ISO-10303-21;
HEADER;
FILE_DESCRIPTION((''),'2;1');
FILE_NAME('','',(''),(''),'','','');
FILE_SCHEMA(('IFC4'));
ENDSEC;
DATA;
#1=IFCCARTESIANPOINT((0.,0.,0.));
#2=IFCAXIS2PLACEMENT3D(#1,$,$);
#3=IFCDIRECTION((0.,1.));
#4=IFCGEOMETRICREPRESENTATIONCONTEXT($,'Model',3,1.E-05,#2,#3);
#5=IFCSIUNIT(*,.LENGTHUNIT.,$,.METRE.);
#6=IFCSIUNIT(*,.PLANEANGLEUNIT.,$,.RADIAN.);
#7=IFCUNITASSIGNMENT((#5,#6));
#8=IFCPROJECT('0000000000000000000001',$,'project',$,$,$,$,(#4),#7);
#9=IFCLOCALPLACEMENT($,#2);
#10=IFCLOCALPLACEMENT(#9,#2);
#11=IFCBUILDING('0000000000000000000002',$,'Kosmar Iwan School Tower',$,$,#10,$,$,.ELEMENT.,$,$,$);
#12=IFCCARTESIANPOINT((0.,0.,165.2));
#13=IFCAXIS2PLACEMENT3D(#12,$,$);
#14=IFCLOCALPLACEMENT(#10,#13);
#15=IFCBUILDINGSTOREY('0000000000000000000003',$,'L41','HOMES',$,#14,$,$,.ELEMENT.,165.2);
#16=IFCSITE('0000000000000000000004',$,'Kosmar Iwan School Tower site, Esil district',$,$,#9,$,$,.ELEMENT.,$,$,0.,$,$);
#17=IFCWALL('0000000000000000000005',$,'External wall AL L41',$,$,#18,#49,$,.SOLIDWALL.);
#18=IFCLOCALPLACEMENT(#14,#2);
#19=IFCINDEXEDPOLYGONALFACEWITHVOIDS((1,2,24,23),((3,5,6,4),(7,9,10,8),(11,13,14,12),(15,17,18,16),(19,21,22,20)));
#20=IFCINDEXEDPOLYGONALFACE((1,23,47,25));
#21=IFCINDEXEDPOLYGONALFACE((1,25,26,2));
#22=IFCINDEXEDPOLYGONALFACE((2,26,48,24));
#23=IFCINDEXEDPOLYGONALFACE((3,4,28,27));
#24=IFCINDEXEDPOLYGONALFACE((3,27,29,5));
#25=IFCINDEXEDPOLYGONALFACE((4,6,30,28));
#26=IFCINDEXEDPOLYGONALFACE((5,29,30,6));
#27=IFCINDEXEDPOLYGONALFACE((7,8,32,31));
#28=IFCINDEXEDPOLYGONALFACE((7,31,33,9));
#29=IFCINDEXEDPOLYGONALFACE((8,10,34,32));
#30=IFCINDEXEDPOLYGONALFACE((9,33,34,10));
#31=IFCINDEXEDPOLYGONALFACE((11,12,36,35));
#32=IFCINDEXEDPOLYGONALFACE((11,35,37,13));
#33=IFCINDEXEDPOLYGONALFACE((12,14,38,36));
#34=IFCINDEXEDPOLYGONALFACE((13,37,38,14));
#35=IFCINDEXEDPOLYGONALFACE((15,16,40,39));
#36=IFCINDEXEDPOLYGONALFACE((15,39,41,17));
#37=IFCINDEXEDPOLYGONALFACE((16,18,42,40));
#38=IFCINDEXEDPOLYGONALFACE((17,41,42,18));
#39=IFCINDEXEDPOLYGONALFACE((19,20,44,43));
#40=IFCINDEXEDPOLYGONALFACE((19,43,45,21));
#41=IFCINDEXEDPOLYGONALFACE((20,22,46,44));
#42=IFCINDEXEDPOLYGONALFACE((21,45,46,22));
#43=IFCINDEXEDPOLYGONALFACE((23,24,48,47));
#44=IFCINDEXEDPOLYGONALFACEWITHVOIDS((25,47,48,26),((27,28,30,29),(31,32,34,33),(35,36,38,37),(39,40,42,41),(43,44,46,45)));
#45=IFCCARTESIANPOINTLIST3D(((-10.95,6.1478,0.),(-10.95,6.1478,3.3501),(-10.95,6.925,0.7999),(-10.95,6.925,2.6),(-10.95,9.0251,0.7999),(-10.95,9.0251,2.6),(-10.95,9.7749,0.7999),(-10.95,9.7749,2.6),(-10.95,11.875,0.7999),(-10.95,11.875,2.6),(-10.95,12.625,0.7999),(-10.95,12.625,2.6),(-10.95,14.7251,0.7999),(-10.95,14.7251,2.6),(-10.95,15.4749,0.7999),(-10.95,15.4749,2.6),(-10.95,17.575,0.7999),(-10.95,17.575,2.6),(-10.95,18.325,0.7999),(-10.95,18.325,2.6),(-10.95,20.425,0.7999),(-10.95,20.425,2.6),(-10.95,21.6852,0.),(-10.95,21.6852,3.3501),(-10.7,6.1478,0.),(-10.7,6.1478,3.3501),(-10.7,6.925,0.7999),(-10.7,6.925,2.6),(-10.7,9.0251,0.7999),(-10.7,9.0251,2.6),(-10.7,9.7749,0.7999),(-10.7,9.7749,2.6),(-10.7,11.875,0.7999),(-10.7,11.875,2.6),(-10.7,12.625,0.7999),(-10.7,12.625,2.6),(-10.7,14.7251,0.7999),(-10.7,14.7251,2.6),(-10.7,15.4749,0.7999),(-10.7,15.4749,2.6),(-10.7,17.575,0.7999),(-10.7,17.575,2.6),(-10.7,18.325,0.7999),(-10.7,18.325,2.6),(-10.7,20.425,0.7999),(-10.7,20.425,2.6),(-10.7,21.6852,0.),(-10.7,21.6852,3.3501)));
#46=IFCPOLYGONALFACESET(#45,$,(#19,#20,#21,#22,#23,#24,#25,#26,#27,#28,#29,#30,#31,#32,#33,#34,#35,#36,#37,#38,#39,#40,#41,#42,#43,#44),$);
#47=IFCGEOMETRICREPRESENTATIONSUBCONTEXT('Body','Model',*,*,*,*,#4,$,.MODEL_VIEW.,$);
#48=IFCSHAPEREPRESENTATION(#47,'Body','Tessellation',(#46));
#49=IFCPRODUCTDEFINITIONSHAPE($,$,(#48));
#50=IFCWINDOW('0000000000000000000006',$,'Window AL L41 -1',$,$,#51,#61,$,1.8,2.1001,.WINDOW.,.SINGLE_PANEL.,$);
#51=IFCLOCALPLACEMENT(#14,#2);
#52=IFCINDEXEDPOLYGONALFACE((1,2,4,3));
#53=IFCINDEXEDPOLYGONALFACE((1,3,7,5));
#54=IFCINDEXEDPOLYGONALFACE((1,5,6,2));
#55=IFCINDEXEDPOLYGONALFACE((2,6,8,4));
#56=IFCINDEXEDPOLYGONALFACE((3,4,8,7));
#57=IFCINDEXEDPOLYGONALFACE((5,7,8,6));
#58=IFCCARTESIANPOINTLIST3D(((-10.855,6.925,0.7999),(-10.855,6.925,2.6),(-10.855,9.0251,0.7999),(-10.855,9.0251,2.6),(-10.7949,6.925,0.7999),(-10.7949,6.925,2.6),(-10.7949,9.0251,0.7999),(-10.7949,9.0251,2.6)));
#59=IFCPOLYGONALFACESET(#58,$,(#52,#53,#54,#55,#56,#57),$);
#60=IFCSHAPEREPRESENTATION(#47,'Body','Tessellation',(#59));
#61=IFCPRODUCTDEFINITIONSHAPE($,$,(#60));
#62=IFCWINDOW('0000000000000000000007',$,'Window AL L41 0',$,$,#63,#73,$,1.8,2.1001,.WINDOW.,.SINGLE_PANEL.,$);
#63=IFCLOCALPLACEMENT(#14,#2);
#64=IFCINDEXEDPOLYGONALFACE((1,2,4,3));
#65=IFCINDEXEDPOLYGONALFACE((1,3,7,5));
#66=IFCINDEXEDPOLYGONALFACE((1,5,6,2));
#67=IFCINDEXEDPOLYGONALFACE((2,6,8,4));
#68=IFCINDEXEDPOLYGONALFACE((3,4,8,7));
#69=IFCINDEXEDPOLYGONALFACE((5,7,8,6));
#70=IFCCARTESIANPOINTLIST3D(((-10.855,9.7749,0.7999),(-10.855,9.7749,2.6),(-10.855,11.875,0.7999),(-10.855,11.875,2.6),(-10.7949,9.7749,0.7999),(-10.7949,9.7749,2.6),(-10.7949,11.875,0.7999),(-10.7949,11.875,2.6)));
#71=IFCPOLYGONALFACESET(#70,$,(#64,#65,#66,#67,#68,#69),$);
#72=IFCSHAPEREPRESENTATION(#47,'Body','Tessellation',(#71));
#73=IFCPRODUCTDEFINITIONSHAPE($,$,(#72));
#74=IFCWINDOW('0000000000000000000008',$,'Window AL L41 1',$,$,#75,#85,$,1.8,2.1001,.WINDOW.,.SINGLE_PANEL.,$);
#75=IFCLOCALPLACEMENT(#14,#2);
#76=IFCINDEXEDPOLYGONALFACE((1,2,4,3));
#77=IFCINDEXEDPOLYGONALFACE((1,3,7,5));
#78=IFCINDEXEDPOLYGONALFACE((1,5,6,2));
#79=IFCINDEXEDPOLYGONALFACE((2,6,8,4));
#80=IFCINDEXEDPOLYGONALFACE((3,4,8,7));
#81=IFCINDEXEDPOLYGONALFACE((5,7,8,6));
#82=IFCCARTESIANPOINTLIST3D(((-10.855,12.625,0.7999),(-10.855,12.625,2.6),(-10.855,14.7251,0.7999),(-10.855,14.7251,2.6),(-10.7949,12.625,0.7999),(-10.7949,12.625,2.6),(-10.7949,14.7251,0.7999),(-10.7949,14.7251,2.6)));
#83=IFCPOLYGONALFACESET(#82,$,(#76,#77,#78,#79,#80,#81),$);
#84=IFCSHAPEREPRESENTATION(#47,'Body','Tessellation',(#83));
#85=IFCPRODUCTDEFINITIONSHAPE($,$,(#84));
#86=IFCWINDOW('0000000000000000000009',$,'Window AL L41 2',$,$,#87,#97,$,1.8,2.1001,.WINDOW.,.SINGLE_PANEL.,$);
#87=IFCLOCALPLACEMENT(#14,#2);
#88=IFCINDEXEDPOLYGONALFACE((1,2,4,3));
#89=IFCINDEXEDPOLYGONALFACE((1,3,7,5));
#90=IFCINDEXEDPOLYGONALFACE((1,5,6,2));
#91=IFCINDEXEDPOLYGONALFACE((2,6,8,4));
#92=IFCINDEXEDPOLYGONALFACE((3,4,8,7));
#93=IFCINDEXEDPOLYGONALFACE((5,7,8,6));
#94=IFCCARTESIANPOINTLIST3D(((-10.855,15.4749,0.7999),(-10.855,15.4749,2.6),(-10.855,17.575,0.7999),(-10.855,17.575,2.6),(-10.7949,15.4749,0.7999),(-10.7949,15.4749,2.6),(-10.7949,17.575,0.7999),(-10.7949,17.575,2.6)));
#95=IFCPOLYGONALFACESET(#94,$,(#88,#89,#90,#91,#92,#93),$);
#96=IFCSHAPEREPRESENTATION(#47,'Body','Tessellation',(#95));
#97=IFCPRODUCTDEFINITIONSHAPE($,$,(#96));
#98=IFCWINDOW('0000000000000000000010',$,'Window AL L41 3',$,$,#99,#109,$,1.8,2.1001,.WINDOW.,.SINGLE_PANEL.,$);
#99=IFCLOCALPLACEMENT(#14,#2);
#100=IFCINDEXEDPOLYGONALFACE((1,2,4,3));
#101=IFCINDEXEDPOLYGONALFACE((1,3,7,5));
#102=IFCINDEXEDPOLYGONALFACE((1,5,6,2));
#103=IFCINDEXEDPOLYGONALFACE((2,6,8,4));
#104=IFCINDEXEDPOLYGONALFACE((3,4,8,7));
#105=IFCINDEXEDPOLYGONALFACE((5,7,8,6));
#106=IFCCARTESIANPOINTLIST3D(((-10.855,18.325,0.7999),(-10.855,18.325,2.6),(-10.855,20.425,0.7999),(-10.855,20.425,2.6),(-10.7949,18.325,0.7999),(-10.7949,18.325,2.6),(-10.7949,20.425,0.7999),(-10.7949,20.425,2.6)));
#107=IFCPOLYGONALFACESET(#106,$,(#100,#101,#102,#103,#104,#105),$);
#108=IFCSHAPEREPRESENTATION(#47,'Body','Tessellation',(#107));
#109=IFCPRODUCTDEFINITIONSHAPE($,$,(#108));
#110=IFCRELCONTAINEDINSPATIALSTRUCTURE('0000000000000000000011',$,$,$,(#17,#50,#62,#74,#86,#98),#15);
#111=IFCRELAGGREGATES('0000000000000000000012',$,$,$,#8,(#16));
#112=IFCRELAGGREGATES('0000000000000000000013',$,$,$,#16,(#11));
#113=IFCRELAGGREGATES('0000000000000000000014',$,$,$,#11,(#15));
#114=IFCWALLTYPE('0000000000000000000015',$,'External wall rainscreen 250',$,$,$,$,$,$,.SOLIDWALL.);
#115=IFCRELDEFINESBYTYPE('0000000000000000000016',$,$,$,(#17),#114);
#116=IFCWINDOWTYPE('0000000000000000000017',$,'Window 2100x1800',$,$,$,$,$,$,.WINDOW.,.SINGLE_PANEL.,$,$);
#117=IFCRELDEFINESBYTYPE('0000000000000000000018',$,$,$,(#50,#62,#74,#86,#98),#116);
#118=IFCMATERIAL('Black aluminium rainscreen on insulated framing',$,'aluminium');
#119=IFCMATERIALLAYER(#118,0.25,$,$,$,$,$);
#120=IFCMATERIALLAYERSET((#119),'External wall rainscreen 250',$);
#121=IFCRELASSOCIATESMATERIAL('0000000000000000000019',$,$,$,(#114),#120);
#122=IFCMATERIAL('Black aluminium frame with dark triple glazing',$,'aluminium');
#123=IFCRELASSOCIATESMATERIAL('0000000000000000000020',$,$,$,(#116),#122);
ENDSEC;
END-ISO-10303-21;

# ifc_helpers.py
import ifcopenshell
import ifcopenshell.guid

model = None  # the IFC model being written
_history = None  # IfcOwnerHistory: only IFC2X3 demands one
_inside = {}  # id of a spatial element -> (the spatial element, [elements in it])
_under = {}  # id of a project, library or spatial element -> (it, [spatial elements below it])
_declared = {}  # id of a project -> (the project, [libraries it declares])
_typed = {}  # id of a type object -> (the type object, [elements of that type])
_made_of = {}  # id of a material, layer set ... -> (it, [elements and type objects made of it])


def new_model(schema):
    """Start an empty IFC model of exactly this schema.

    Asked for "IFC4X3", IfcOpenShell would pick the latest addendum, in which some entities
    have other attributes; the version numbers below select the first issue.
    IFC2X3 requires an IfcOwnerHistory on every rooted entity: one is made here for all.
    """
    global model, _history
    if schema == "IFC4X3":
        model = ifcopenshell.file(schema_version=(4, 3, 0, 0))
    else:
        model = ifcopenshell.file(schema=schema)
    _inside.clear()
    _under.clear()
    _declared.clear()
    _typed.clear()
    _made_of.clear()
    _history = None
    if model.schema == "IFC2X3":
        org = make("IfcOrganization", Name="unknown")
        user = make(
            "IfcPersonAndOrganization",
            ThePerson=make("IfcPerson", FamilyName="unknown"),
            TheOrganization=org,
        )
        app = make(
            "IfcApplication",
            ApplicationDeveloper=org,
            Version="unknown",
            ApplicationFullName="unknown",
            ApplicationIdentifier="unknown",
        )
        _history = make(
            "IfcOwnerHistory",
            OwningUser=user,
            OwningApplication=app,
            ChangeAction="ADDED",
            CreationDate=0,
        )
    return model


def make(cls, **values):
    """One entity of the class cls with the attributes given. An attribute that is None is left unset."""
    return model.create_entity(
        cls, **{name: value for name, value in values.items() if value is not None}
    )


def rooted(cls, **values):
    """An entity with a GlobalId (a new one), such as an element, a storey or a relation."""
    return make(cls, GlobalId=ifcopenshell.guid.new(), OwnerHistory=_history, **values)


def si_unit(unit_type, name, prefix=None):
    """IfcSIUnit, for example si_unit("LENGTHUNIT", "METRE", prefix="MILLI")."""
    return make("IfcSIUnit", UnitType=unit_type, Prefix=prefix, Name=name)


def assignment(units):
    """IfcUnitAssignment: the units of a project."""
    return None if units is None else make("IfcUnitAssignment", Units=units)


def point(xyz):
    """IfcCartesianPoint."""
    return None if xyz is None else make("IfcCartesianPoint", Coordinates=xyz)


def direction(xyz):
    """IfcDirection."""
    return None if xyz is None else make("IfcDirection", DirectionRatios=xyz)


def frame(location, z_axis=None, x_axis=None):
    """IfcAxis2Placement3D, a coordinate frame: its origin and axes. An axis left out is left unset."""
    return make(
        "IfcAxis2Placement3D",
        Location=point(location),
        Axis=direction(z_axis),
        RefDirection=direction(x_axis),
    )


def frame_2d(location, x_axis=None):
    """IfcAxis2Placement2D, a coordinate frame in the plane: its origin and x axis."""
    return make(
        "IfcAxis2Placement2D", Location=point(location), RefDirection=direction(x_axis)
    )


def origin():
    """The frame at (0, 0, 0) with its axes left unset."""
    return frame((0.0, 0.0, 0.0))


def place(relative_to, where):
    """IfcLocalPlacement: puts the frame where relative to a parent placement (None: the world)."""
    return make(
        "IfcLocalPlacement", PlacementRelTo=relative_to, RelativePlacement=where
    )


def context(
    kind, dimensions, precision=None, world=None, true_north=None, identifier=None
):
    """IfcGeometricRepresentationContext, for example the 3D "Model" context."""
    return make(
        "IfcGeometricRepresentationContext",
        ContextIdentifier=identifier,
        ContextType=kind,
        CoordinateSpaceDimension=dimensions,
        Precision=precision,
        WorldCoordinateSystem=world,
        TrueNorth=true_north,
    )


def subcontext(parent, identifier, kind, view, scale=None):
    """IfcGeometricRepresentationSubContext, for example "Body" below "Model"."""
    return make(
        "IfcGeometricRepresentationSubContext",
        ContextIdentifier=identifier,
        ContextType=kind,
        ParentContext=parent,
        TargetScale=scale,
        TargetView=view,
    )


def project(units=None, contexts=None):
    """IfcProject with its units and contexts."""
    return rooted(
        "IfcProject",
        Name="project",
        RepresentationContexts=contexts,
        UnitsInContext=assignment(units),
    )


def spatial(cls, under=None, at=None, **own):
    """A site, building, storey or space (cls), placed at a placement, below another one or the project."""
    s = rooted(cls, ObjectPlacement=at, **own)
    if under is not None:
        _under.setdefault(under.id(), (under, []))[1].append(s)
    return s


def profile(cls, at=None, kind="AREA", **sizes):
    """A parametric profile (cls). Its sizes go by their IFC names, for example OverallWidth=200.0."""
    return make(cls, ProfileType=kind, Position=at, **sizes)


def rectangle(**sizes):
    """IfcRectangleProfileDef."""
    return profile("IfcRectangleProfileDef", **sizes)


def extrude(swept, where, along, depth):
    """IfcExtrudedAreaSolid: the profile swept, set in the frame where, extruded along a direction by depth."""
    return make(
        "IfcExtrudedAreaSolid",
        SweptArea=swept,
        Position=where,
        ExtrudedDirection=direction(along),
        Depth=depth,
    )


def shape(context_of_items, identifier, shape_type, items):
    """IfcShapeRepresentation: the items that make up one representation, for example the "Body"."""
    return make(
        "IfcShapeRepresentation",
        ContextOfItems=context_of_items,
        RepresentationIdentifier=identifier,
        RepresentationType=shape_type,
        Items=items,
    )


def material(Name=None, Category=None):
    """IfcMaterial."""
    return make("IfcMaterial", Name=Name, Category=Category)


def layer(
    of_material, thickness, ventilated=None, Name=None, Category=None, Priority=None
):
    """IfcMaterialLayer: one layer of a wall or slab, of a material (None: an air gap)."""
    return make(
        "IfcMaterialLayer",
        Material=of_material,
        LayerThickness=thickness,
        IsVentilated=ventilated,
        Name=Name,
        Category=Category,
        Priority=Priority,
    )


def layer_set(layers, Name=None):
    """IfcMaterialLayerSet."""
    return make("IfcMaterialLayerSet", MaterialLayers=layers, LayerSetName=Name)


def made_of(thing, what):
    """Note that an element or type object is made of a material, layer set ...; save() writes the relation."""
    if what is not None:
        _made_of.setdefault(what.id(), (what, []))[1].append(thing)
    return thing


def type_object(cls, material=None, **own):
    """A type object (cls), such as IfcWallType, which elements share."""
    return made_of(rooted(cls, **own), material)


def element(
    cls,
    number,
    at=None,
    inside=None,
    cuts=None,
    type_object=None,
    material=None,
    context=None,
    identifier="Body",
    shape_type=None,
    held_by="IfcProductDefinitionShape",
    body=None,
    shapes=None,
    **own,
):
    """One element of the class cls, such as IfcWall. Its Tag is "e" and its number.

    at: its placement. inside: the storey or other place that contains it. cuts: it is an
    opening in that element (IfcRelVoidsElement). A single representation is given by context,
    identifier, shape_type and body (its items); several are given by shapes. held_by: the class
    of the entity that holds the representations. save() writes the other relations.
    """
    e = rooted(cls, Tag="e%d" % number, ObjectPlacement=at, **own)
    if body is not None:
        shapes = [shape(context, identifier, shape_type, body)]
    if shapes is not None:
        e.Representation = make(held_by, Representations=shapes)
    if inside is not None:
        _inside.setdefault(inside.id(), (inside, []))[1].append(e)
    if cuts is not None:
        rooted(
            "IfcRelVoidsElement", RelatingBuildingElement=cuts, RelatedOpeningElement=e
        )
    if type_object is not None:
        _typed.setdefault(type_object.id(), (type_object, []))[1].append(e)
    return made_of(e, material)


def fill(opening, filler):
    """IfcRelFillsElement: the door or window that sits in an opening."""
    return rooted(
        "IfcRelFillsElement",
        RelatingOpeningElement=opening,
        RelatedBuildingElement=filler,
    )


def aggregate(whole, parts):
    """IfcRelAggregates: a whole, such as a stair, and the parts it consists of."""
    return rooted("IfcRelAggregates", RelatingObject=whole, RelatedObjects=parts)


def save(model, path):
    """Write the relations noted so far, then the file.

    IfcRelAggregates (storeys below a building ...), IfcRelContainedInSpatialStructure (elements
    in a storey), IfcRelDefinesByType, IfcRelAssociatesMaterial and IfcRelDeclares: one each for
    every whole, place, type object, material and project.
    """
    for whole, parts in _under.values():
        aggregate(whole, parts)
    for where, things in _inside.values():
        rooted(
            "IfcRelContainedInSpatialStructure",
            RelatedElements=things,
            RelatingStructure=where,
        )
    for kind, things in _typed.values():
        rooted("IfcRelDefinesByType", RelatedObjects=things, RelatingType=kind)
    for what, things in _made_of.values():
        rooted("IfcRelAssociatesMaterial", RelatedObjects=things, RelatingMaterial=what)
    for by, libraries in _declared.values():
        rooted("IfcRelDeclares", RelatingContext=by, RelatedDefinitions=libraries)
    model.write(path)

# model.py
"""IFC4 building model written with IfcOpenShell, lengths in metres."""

from ifc_helpers import new_model, si_unit, direction, frame, frame_2d, origin, place, context, subcontext, project, spatial, rectangle, extrude, material, layer, layer_set, type_object, element, fill, save


model = new_model("IFC4")

# Units and contexts
model_context = context("Model", 3, precision=1e-05, world=origin(), true_north=direction((0.0, 1.0)))
body_context = subcontext(model_context, "Body", "Model", "MODEL_VIEW")
ifc_project = project(units=[si_unit("LENGTHUNIT", "METRE"), si_unit("PLANEANGLEUNIT", "RADIAN")], contexts=[model_context])

# Site, building, storey
site_placement = place(None, origin())
site = spatial("IfcSite", under=ifc_project, at=site_placement, Name="Kosmar Iwan School Tower site, Esil district", CompositionType="ELEMENT", RefElevation=0.0)
building_placement = place(site_placement, origin())
building = spatial("IfcBuilding", under=site, at=building_placement, Name="Kosmar Iwan School Tower", CompositionType="ELEMENT")
storey_placement = place(building_placement, frame((0.0, 0.0, 165.2)))
storey = spatial("IfcBuildingStorey", under=building, at=storey_placement, Name="L41", Description="HOMES", CompositionType="ELEMENT", Elevation=165.2)

# Wall, openings, windows
ifc_material_1 = material(Name="Black aluminium rainscreen on insulated framing", Category="aluminium")
ifc_layer = layer(ifc_material_1, 0.25)
ifc_layer_set = layer_set([ifc_layer], Name="External wall rainscreen 250")
wall_type = type_object("IfcWallType", Name="External wall rainscreen 250", PredefinedType="SOLIDWALL", material=ifc_layer_set)
wall_1_placement = place(storey_placement, frame((-10.825, 6.1479, 0.0), z_axis=(0.0, 0.0, 1.0), x_axis=(0.0, 1.0, 0.0)))
wall_1 = element("IfcWall", 1, at=wall_1_placement, inside=storey, type_object=wall_type, Name="External wall AL L41", PredefinedType="SOLIDWALL", context=body_context, shape_type="SweptSolid", body=[
    extrude(rectangle(XDim=15.5374, YDim=0.25, at=frame_2d((7.7686, 0.0))), origin(), (0.0, 0.0, 1.0), 3.3501),
])
opening_1_placement = place(wall_1_placement, frame((0.7771, 0.0, 0.8)))
opening_1 = element("IfcOpeningElement", 2, at=opening_1_placement, cuts=wall_1, PredefinedType="OPENING", context=body_context, shape_type="SweptSolid", body=[
    extrude(rectangle(XDim=2.1001, YDim=1.8, at=frame_2d((1.05, 0.8999))), frame((0.0, 0.137, 0.0), z_axis=(0.0, -1.0, 0.0), x_axis=(1.0, 0.0, 0.0)), (0.0, 0.0, 1.0), 0.2739),
])
opening_2_placement = place(wall_1_placement, frame((3.627, 0.0, 0.8)))
opening_2 = element("IfcOpeningElement", 3, at=opening_2_placement, cuts=wall_1, PredefinedType="OPENING", context=body_context, shape_type="SweptSolid", body=[
    extrude(rectangle(XDim=2.1001, YDim=1.8, at=frame_2d((1.05, 0.8999))), frame((0.0, 0.137, 0.0), z_axis=(0.0, -1.0, 0.0), x_axis=(1.0, 0.0, 0.0)), (0.0, 0.0, 1.0), 0.2739),
])
opening_3_placement = place(wall_1_placement, frame((6.4771, 0.0, 0.8)))
opening_3 = element("IfcOpeningElement", 4, at=opening_3_placement, cuts=wall_1, PredefinedType="OPENING", context=body_context, shape_type="SweptSolid", body=[
    extrude(rectangle(XDim=2.1001, YDim=1.8, at=frame_2d((1.05, 0.8999))), frame((0.0, 0.137, 0.0), z_axis=(0.0, -1.0, 0.0), x_axis=(1.0, 0.0, 0.0)), (0.0, 0.0, 1.0), 0.2739),
])
opening_4_placement = place(wall_1_placement, frame((9.3269, 0.0, 0.8)))
opening_4 = element("IfcOpeningElement", 5, at=opening_4_placement, cuts=wall_1, PredefinedType="OPENING", context=body_context, shape_type="SweptSolid", body=[
    extrude(rectangle(XDim=2.1001, YDim=1.8, at=frame_2d((1.05, 0.8999))), frame((0.0, 0.137, 0.0), z_axis=(0.0, -1.0, 0.0), x_axis=(1.0, 0.0, 0.0)), (0.0, 0.0, 1.0), 0.2739),
])
opening_5_placement = place(wall_1_placement, frame((12.177, 0.0, 0.8)))
opening_5 = element("IfcOpeningElement", 6, at=opening_5_placement, cuts=wall_1, PredefinedType="OPENING", context=body_context, shape_type="SweptSolid", body=[
    extrude(rectangle(XDim=2.1001, YDim=1.8, at=frame_2d((1.05, 0.8999))), frame((0.0, 0.137, 0.0), z_axis=(0.0, -1.0, 0.0), x_axis=(1.0, 0.0, 0.0)), (0.0, 0.0, 1.0), 0.2739),
])
ifc_material_2 = material(Name="Black aluminium frame with dark triple glazing", Category="aluminium")
window_type = type_object("IfcWindowType", Name="Window 2100x1800", PartitioningType="SINGLE_PANEL", PredefinedType="WINDOW", material=ifc_material_2)
window_1_placement = place(opening_1_placement, origin())
window_1 = element("IfcWindow", 7, at=window_1_placement, inside=storey, type_object=window_type, Name="Window AL L41 -1", OverallHeight=1.8, OverallWidth=2.1001, PartitioningType="SINGLE_PANEL", PredefinedType="WINDOW", context=body_context, shape_type="SweptSolid", body=[
    extrude(rectangle(XDim=2.1001, YDim=1.8, at=frame_2d((1.05, 0.8999))), frame((0.0, 0.03, 0.0), z_axis=(0.0, -1.0, 0.0), x_axis=(1.0, 0.0, 0.0)), (0.0, 0.0, 1.0), 0.0601),
])
fill(opening_1, window_1)
window_2_placement = place(opening_2_placement, origin())
window_2 = element("IfcWindow", 8, at=window_2_placement, inside=storey, type_object=window_type, Name="Window AL L41 0", OverallHeight=1.8, OverallWidth=2.1001, PartitioningType="SINGLE_PANEL", PredefinedType="WINDOW", context=body_context, shape_type="SweptSolid", body=[
    extrude(rectangle(XDim=2.1001, YDim=1.8, at=frame_2d((1.05, 0.8999))), frame((0.0, 0.03, 0.0), z_axis=(0.0, -1.0, 0.0), x_axis=(1.0, 0.0, 0.0)), (0.0, 0.0, 1.0), 0.0601),
])
fill(opening_2, window_2)
window_3_placement = place(opening_3_placement, origin())
window_3 = element("IfcWindow", 9, at=window_3_placement, inside=storey, type_object=window_type, Name="Window AL L41 1", OverallHeight=1.8, OverallWidth=2.1001, PartitioningType="SINGLE_PANEL", PredefinedType="WINDOW", context=body_context, shape_type="SweptSolid", body=[
    extrude(rectangle(XDim=2.1001, YDim=1.8, at=frame_2d((1.05, 0.8999))), frame((0.0, 0.03, 0.0), z_axis=(0.0, -1.0, 0.0), x_axis=(1.0, 0.0, 0.0)), (0.0, 0.0, 1.0), 0.0601),
])
fill(opening_3, window_3)
window_4_placement = place(opening_4_placement, origin())
window_4 = element("IfcWindow", 10, at=window_4_placement, inside=storey, type_object=window_type, Name="Window AL L41 2", OverallHeight=1.8, OverallWidth=2.1001, PartitioningType="SINGLE_PANEL", PredefinedType="WINDOW", context=body_context, shape_type="SweptSolid", body=[
    extrude(rectangle(XDim=2.1001, YDim=1.8, at=frame_2d((1.05, 0.8999))), frame((0.0, 0.03, 0.0), z_axis=(0.0, -1.0, 0.0), x_axis=(1.0, 0.0, 0.0)), (0.0, 0.0, 1.0), 0.0601),
])
fill(opening_4, window_4)
window_5_placement = place(opening_5_placement, origin())
window_5 = element("IfcWindow", 11, at=window_5_placement, inside=storey, type_object=window_type, Name="Window AL L41 3", OverallHeight=1.8, OverallWidth=2.1001, PartitioningType="SINGLE_PANEL", PredefinedType="WINDOW", context=body_context, shape_type="SweptSolid", body=[
    extrude(rectangle(XDim=2.1001, YDim=1.8, at=frame_2d((1.05, 0.8999))), frame((0.0, 0.03, 0.0), z_axis=(0.0, -1.0, 0.0), x_axis=(1.0, 0.0, 0.0)), (0.0, 0.0, 1.0), 0.0601),
])
fill(opening_5, window_5)

save(model, "model.ifc")
